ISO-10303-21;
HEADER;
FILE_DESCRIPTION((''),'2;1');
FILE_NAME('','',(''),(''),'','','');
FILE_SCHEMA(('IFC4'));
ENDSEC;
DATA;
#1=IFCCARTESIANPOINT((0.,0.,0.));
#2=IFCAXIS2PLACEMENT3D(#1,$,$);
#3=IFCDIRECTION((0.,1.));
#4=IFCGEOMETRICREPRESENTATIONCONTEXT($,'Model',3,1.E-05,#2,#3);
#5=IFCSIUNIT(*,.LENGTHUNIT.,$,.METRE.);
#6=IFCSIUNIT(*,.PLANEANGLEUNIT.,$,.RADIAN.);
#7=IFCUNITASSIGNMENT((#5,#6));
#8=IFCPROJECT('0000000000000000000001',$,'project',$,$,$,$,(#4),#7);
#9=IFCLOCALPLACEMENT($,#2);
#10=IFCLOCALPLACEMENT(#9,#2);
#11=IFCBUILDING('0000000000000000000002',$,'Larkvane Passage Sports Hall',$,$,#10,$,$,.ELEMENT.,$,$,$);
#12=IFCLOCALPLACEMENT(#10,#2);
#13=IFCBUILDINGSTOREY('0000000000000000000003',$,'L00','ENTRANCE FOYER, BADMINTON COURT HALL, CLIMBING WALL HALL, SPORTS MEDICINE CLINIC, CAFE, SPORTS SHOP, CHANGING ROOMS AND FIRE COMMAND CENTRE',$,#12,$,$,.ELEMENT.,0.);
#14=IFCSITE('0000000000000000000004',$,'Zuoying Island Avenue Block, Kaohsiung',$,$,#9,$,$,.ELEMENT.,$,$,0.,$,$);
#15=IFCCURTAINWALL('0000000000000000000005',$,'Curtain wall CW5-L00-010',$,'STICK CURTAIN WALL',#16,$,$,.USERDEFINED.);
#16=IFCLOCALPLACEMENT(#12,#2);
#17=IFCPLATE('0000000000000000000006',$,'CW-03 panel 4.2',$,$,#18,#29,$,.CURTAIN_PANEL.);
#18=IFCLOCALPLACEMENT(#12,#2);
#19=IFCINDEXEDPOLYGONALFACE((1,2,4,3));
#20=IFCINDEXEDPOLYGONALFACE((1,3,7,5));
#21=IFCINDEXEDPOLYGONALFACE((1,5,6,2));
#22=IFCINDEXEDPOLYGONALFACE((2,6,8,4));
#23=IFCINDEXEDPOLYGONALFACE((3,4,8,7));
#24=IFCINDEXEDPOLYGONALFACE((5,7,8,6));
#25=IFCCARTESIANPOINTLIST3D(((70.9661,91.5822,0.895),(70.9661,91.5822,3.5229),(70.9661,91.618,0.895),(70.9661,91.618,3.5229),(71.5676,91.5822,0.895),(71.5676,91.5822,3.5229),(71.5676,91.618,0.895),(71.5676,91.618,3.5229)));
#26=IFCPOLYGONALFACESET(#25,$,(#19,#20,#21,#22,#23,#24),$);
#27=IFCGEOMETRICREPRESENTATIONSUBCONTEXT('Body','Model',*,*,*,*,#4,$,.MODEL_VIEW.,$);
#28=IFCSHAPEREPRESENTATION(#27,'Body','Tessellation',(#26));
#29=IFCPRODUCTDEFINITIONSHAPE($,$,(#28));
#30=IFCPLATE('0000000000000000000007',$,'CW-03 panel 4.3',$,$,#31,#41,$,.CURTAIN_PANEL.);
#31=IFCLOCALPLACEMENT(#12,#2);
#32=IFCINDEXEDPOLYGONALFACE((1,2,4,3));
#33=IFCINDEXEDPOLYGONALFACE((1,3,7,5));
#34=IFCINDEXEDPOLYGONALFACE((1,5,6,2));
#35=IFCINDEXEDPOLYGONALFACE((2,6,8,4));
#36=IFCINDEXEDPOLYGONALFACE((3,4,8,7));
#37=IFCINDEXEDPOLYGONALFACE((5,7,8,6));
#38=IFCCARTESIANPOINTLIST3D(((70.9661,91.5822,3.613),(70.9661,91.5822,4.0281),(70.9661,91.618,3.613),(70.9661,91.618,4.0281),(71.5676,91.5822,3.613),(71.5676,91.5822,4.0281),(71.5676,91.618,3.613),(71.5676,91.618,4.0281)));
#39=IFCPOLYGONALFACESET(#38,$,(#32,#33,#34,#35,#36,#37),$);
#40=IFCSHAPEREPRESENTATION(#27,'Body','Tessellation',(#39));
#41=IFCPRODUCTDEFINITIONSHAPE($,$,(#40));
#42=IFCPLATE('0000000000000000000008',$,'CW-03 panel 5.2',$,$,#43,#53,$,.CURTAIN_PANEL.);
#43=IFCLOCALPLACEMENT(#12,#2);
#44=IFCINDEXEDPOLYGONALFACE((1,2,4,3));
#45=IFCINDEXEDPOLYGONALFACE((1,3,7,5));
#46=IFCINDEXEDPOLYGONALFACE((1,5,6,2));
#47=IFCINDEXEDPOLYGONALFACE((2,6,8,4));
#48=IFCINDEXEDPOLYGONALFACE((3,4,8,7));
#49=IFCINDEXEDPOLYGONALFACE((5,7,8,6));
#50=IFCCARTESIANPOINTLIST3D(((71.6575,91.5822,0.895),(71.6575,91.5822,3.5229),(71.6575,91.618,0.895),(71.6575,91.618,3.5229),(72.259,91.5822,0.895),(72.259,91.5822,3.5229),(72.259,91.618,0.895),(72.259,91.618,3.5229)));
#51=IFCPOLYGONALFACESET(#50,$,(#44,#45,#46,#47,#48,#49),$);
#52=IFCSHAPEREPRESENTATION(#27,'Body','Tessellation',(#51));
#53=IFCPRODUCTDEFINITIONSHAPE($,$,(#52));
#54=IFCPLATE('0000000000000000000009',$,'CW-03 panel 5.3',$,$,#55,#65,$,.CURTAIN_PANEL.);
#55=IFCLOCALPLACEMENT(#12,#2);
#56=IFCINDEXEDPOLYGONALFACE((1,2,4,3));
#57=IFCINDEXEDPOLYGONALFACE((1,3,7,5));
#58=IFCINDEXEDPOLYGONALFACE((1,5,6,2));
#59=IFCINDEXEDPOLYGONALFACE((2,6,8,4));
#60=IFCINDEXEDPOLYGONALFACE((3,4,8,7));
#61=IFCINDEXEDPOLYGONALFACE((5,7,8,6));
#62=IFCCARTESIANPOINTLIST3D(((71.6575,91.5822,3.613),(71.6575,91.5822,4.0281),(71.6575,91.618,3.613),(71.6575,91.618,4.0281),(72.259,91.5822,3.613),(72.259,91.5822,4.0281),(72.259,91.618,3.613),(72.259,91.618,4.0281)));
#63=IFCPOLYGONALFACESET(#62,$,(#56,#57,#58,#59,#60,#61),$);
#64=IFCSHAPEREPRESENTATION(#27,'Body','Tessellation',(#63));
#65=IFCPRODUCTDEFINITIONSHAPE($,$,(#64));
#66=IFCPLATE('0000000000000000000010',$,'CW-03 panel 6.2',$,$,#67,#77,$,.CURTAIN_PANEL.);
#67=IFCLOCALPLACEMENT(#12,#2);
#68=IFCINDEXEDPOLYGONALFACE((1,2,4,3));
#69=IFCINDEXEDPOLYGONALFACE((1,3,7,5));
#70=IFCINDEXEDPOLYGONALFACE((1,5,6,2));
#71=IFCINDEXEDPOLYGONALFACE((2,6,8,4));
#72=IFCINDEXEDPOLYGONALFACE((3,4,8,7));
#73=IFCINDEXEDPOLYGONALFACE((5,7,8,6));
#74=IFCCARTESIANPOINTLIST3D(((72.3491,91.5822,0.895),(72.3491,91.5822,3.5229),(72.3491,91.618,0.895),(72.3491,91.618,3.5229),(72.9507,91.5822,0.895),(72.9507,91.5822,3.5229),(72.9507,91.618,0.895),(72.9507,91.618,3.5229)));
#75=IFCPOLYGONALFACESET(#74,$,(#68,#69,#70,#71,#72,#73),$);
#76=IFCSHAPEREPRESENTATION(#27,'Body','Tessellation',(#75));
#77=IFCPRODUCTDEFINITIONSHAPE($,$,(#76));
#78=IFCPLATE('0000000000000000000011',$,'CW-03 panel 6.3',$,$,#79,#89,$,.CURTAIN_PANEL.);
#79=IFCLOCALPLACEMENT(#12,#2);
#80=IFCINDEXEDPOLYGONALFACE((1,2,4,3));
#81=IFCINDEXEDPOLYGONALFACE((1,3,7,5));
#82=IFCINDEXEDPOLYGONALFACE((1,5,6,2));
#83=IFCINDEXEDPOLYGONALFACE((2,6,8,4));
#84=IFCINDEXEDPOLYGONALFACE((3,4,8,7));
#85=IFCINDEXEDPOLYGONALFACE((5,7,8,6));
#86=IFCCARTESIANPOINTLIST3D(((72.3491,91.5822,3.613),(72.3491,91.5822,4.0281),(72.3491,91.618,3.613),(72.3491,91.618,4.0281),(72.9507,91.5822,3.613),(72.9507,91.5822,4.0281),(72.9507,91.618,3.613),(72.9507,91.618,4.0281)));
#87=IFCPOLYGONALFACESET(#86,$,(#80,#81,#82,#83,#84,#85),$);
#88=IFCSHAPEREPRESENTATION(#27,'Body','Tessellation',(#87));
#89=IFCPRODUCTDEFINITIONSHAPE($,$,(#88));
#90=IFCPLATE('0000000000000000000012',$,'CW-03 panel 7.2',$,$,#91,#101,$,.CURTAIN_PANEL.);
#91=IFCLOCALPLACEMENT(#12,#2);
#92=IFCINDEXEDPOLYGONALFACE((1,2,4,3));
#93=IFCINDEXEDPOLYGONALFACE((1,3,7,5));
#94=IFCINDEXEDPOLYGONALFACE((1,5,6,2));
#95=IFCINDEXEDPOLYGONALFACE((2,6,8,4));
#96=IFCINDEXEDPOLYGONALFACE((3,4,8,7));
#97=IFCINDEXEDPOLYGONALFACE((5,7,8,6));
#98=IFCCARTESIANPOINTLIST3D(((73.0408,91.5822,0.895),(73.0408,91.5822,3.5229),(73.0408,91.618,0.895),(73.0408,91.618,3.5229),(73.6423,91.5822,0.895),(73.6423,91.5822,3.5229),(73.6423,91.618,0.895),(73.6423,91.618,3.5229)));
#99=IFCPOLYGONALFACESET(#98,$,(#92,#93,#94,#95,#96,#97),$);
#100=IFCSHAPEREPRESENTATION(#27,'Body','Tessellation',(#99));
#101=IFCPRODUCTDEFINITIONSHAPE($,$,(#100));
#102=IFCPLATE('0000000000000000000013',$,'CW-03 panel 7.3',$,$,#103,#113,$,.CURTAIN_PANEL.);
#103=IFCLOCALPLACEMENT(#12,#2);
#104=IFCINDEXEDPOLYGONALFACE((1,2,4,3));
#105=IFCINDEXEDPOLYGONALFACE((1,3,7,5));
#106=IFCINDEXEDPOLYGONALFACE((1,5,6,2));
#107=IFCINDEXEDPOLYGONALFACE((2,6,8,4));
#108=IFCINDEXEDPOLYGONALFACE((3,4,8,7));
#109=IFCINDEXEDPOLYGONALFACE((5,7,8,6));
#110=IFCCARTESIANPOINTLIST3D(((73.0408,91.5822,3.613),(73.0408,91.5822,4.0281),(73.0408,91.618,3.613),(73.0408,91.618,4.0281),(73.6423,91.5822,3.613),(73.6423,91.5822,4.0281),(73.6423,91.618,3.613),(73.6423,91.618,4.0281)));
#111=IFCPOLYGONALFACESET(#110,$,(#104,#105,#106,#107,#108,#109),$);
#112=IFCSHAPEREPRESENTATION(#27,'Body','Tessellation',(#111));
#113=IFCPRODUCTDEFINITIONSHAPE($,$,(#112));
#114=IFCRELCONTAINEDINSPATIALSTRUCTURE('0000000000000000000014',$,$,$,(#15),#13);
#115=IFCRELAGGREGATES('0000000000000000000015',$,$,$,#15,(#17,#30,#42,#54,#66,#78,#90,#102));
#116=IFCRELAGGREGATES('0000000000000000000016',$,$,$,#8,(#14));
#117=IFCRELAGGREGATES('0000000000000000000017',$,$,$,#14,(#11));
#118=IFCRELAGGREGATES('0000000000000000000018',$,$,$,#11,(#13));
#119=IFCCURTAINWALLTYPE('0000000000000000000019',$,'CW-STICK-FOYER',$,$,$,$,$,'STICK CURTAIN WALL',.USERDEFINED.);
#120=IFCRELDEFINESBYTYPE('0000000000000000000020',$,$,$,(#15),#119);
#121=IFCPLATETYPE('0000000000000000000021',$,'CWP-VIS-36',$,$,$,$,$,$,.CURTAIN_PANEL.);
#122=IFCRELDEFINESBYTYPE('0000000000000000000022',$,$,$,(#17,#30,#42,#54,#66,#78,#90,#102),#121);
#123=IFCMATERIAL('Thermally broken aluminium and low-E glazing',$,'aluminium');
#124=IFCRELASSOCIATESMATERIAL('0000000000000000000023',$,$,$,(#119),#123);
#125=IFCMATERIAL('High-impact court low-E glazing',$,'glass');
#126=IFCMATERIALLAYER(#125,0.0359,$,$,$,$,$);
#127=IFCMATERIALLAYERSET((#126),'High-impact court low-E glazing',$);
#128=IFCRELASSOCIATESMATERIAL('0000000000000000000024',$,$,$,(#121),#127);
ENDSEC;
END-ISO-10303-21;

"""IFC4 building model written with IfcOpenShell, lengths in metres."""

from ifc_helpers import new_model, si_unit, direction, frame, origin, origin_2d, place, context, subcontext, project, spatial, rectangle, extrude, material, layer, layer_set, type_object, element, aggregate, save


model = new_model("IFC4")

# Units and contexts
model_context = context("Model", 3, precision=1e-05, world=origin(), true_north=direction((0.0, 1.0)))
body_context = subcontext(model_context, "Body", "Model", "MODEL_VIEW")
ifc_project = project(units=[si_unit("LENGTHUNIT", "METRE"), si_unit("PLANEANGLEUNIT", "RADIAN")], contexts=[model_context])

# Site, building, storey
site_placement = place(None, origin())
site = spatial("IfcSite", under=ifc_project, at=site_placement, Name="Zuoying Island Avenue Block, Kaohsiung", CompositionType="ELEMENT", RefElevation=0.0)
building_placement = place(site_placement, origin())
building = spatial("IfcBuilding", under=site, at=building_placement, Name="Larkvane Passage Sports Hall", CompositionType="ELEMENT")
storey_placement = place(building_placement, origin())
storey = spatial("IfcBuildingStorey", under=building, at=storey_placement, Name="L00", Description="ENTRANCE FOYER, BADMINTON COURT HALL, CLIMBING WALL HALL, SPORTS MEDICINE CLINIC, CAFE, SPORTS SHOP, CHANGING ROOMS AND FIRE COMMAND CENTRE", CompositionType="ELEMENT", Elevation=0.0)

# Curtain wall, plates
ifc_material_1 = material(Name="Thermally broken aluminium and low-E glazing", Category="aluminium")
curtain_wall_type = type_object("IfcCurtainWallType", Name="CW-STICK-FOYER", ElementType="STICK CURTAIN WALL", PredefinedType="USERDEFINED", material=ifc_material_1)
curtain_wall_placement = place(storey_placement, origin())
curtain_wall = element("IfcCurtainWall", 1, at=curtain_wall_placement, inside=storey, type_object=curtain_wall_type, Name="Curtain wall CW5-L00-010", ObjectType="STICK CURTAIN WALL", PredefinedType="USERDEFINED")
ifc_material_2 = material(Name="High-impact court low-E glazing", Category="glass")
ifc_layer = layer(ifc_material_2, 0.0359)
ifc_layer_set = layer_set([ifc_layer], Name="High-impact court low-E glazing")
plate_type = type_object("IfcPlateType", Name="CWP-VIS-36", PredefinedType="CURTAIN_PANEL", material=ifc_layer_set)
plate_1_placement = place(storey_placement, frame((71.2668, 91.6001, 0.895), z_axis=(0.0, 0.0, 1.0), x_axis=(1.0, 0.0, 0.0)))
plate_1 = element("IfcPlate", 2, at=plate_1_placement, type_object=plate_type, Name="CW-03 panel 4.2", PredefinedType="CURTAIN_PANEL", context=body_context, shape_type="SweptSolid", body=[
    extrude(rectangle(XDim=0.6016, YDim=0.0359, at=origin_2d()), origin(), (0.0, 0.0, 1.0), 2.6279),
])
plate_2_placement = place(storey_placement, frame((71.2668, 91.6001, 3.613), z_axis=(0.0, 0.0, 1.0), x_axis=(1.0, 0.0, 0.0)))
plate_2 = element("IfcPlate", 3, at=plate_2_placement, type_object=plate_type, Name="CW-03 panel 4.3", PredefinedType="CURTAIN_PANEL", context=body_context, shape_type="SweptSolid", body=[
    extrude(rectangle(XDim=0.6016, YDim=0.0359, at=origin_2d()), origin(), (0.0, 0.0, 1.0), 0.415),
])
plate_3_placement = place(storey_placement, frame((71.9583, 91.6001, 0.895), z_axis=(0.0, 0.0, 1.0), x_axis=(1.0, 0.0, 0.0)))
plate_3 = element("IfcPlate", 4, at=plate_3_placement, type_object=plate_type, Name="CW-03 panel 5.2", PredefinedType="CURTAIN_PANEL", context=body_context, shape_type="SweptSolid", body=[
    extrude(rectangle(XDim=0.6016, YDim=0.0359, at=origin_2d()), origin(), (0.0, 0.0, 1.0), 2.6279),
])
plate_4_placement = place(storey_placement, frame((71.9583, 91.6001, 3.613), z_axis=(0.0, 0.0, 1.0), x_axis=(1.0, 0.0, 0.0)))
plate_4 = element("IfcPlate", 5, at=plate_4_placement, type_object=plate_type, Name="CW-03 panel 5.3", PredefinedType="CURTAIN_PANEL", context=body_context, shape_type="SweptSolid", body=[
    extrude(rectangle(XDim=0.6016, YDim=0.0359, at=origin_2d()), origin(), (0.0, 0.0, 1.0), 0.415),
])
plate_5_placement = place(storey_placement, frame((72.6499, 91.6001, 0.895), z_axis=(0.0, 0.0, 1.0), x_axis=(1.0, 0.0, 0.0)))
plate_5 = element("IfcPlate", 6, at=plate_5_placement, type_object=plate_type, Name="CW-03 panel 6.2", PredefinedType="CURTAIN_PANEL", context=body_context, shape_type="SweptSolid", body=[
    extrude(rectangle(XDim=0.6016, YDim=0.0359, at=origin_2d()), origin(), (0.0, 0.0, 1.0), 2.6279),
])
plate_6_placement = place(storey_placement, frame((72.6499, 91.6001, 3.613), z_axis=(0.0, 0.0, 1.0), x_axis=(1.0, 0.0, 0.0)))
plate_6 = element("IfcPlate", 7, at=plate_6_placement, type_object=plate_type, Name="CW-03 panel 6.3", PredefinedType="CURTAIN_PANEL", context=body_context, shape_type="SweptSolid", body=[
    extrude(rectangle(XDim=0.6016, YDim=0.0359, at=origin_2d()), origin(), (0.0, 0.0, 1.0), 0.415),
])
plate_7_placement = place(storey_placement, frame((73.3416, 91.6001, 0.895), z_axis=(0.0, 0.0, 1.0), x_axis=(1.0, 0.0, 0.0)))
plate_7 = element("IfcPlate", 8, at=plate_7_placement, type_object=plate_type, Name="CW-03 panel 7.2", PredefinedType="CURTAIN_PANEL", context=body_context, shape_type="SweptSolid", body=[
    extrude(rectangle(XDim=0.6016, YDim=0.0359, at=origin_2d()), origin(), (0.0, 0.0, 1.0), 2.6279),
])
plate_8_placement = place(storey_placement, frame((73.3416, 91.6001, 3.613), z_axis=(0.0, 0.0, 1.0), x_axis=(1.0, 0.0, 0.0)))
plate_8 = element("IfcPlate", 9, at=plate_8_placement, type_object=plate_type, Name="CW-03 panel 7.3", PredefinedType="CURTAIN_PANEL", context=body_context, shape_type="SweptSolid", body=[
    extrude(rectangle(XDim=0.6016, YDim=0.0359, at=origin_2d()), origin(), (0.0, 0.0, 1.0), 0.415),
])
aggregate(curtain_wall, [plate_1, plate_2, plate_3, plate_4, plate_5, plate_6, plate_7, plate_8])

save(model, "model.ifc")
